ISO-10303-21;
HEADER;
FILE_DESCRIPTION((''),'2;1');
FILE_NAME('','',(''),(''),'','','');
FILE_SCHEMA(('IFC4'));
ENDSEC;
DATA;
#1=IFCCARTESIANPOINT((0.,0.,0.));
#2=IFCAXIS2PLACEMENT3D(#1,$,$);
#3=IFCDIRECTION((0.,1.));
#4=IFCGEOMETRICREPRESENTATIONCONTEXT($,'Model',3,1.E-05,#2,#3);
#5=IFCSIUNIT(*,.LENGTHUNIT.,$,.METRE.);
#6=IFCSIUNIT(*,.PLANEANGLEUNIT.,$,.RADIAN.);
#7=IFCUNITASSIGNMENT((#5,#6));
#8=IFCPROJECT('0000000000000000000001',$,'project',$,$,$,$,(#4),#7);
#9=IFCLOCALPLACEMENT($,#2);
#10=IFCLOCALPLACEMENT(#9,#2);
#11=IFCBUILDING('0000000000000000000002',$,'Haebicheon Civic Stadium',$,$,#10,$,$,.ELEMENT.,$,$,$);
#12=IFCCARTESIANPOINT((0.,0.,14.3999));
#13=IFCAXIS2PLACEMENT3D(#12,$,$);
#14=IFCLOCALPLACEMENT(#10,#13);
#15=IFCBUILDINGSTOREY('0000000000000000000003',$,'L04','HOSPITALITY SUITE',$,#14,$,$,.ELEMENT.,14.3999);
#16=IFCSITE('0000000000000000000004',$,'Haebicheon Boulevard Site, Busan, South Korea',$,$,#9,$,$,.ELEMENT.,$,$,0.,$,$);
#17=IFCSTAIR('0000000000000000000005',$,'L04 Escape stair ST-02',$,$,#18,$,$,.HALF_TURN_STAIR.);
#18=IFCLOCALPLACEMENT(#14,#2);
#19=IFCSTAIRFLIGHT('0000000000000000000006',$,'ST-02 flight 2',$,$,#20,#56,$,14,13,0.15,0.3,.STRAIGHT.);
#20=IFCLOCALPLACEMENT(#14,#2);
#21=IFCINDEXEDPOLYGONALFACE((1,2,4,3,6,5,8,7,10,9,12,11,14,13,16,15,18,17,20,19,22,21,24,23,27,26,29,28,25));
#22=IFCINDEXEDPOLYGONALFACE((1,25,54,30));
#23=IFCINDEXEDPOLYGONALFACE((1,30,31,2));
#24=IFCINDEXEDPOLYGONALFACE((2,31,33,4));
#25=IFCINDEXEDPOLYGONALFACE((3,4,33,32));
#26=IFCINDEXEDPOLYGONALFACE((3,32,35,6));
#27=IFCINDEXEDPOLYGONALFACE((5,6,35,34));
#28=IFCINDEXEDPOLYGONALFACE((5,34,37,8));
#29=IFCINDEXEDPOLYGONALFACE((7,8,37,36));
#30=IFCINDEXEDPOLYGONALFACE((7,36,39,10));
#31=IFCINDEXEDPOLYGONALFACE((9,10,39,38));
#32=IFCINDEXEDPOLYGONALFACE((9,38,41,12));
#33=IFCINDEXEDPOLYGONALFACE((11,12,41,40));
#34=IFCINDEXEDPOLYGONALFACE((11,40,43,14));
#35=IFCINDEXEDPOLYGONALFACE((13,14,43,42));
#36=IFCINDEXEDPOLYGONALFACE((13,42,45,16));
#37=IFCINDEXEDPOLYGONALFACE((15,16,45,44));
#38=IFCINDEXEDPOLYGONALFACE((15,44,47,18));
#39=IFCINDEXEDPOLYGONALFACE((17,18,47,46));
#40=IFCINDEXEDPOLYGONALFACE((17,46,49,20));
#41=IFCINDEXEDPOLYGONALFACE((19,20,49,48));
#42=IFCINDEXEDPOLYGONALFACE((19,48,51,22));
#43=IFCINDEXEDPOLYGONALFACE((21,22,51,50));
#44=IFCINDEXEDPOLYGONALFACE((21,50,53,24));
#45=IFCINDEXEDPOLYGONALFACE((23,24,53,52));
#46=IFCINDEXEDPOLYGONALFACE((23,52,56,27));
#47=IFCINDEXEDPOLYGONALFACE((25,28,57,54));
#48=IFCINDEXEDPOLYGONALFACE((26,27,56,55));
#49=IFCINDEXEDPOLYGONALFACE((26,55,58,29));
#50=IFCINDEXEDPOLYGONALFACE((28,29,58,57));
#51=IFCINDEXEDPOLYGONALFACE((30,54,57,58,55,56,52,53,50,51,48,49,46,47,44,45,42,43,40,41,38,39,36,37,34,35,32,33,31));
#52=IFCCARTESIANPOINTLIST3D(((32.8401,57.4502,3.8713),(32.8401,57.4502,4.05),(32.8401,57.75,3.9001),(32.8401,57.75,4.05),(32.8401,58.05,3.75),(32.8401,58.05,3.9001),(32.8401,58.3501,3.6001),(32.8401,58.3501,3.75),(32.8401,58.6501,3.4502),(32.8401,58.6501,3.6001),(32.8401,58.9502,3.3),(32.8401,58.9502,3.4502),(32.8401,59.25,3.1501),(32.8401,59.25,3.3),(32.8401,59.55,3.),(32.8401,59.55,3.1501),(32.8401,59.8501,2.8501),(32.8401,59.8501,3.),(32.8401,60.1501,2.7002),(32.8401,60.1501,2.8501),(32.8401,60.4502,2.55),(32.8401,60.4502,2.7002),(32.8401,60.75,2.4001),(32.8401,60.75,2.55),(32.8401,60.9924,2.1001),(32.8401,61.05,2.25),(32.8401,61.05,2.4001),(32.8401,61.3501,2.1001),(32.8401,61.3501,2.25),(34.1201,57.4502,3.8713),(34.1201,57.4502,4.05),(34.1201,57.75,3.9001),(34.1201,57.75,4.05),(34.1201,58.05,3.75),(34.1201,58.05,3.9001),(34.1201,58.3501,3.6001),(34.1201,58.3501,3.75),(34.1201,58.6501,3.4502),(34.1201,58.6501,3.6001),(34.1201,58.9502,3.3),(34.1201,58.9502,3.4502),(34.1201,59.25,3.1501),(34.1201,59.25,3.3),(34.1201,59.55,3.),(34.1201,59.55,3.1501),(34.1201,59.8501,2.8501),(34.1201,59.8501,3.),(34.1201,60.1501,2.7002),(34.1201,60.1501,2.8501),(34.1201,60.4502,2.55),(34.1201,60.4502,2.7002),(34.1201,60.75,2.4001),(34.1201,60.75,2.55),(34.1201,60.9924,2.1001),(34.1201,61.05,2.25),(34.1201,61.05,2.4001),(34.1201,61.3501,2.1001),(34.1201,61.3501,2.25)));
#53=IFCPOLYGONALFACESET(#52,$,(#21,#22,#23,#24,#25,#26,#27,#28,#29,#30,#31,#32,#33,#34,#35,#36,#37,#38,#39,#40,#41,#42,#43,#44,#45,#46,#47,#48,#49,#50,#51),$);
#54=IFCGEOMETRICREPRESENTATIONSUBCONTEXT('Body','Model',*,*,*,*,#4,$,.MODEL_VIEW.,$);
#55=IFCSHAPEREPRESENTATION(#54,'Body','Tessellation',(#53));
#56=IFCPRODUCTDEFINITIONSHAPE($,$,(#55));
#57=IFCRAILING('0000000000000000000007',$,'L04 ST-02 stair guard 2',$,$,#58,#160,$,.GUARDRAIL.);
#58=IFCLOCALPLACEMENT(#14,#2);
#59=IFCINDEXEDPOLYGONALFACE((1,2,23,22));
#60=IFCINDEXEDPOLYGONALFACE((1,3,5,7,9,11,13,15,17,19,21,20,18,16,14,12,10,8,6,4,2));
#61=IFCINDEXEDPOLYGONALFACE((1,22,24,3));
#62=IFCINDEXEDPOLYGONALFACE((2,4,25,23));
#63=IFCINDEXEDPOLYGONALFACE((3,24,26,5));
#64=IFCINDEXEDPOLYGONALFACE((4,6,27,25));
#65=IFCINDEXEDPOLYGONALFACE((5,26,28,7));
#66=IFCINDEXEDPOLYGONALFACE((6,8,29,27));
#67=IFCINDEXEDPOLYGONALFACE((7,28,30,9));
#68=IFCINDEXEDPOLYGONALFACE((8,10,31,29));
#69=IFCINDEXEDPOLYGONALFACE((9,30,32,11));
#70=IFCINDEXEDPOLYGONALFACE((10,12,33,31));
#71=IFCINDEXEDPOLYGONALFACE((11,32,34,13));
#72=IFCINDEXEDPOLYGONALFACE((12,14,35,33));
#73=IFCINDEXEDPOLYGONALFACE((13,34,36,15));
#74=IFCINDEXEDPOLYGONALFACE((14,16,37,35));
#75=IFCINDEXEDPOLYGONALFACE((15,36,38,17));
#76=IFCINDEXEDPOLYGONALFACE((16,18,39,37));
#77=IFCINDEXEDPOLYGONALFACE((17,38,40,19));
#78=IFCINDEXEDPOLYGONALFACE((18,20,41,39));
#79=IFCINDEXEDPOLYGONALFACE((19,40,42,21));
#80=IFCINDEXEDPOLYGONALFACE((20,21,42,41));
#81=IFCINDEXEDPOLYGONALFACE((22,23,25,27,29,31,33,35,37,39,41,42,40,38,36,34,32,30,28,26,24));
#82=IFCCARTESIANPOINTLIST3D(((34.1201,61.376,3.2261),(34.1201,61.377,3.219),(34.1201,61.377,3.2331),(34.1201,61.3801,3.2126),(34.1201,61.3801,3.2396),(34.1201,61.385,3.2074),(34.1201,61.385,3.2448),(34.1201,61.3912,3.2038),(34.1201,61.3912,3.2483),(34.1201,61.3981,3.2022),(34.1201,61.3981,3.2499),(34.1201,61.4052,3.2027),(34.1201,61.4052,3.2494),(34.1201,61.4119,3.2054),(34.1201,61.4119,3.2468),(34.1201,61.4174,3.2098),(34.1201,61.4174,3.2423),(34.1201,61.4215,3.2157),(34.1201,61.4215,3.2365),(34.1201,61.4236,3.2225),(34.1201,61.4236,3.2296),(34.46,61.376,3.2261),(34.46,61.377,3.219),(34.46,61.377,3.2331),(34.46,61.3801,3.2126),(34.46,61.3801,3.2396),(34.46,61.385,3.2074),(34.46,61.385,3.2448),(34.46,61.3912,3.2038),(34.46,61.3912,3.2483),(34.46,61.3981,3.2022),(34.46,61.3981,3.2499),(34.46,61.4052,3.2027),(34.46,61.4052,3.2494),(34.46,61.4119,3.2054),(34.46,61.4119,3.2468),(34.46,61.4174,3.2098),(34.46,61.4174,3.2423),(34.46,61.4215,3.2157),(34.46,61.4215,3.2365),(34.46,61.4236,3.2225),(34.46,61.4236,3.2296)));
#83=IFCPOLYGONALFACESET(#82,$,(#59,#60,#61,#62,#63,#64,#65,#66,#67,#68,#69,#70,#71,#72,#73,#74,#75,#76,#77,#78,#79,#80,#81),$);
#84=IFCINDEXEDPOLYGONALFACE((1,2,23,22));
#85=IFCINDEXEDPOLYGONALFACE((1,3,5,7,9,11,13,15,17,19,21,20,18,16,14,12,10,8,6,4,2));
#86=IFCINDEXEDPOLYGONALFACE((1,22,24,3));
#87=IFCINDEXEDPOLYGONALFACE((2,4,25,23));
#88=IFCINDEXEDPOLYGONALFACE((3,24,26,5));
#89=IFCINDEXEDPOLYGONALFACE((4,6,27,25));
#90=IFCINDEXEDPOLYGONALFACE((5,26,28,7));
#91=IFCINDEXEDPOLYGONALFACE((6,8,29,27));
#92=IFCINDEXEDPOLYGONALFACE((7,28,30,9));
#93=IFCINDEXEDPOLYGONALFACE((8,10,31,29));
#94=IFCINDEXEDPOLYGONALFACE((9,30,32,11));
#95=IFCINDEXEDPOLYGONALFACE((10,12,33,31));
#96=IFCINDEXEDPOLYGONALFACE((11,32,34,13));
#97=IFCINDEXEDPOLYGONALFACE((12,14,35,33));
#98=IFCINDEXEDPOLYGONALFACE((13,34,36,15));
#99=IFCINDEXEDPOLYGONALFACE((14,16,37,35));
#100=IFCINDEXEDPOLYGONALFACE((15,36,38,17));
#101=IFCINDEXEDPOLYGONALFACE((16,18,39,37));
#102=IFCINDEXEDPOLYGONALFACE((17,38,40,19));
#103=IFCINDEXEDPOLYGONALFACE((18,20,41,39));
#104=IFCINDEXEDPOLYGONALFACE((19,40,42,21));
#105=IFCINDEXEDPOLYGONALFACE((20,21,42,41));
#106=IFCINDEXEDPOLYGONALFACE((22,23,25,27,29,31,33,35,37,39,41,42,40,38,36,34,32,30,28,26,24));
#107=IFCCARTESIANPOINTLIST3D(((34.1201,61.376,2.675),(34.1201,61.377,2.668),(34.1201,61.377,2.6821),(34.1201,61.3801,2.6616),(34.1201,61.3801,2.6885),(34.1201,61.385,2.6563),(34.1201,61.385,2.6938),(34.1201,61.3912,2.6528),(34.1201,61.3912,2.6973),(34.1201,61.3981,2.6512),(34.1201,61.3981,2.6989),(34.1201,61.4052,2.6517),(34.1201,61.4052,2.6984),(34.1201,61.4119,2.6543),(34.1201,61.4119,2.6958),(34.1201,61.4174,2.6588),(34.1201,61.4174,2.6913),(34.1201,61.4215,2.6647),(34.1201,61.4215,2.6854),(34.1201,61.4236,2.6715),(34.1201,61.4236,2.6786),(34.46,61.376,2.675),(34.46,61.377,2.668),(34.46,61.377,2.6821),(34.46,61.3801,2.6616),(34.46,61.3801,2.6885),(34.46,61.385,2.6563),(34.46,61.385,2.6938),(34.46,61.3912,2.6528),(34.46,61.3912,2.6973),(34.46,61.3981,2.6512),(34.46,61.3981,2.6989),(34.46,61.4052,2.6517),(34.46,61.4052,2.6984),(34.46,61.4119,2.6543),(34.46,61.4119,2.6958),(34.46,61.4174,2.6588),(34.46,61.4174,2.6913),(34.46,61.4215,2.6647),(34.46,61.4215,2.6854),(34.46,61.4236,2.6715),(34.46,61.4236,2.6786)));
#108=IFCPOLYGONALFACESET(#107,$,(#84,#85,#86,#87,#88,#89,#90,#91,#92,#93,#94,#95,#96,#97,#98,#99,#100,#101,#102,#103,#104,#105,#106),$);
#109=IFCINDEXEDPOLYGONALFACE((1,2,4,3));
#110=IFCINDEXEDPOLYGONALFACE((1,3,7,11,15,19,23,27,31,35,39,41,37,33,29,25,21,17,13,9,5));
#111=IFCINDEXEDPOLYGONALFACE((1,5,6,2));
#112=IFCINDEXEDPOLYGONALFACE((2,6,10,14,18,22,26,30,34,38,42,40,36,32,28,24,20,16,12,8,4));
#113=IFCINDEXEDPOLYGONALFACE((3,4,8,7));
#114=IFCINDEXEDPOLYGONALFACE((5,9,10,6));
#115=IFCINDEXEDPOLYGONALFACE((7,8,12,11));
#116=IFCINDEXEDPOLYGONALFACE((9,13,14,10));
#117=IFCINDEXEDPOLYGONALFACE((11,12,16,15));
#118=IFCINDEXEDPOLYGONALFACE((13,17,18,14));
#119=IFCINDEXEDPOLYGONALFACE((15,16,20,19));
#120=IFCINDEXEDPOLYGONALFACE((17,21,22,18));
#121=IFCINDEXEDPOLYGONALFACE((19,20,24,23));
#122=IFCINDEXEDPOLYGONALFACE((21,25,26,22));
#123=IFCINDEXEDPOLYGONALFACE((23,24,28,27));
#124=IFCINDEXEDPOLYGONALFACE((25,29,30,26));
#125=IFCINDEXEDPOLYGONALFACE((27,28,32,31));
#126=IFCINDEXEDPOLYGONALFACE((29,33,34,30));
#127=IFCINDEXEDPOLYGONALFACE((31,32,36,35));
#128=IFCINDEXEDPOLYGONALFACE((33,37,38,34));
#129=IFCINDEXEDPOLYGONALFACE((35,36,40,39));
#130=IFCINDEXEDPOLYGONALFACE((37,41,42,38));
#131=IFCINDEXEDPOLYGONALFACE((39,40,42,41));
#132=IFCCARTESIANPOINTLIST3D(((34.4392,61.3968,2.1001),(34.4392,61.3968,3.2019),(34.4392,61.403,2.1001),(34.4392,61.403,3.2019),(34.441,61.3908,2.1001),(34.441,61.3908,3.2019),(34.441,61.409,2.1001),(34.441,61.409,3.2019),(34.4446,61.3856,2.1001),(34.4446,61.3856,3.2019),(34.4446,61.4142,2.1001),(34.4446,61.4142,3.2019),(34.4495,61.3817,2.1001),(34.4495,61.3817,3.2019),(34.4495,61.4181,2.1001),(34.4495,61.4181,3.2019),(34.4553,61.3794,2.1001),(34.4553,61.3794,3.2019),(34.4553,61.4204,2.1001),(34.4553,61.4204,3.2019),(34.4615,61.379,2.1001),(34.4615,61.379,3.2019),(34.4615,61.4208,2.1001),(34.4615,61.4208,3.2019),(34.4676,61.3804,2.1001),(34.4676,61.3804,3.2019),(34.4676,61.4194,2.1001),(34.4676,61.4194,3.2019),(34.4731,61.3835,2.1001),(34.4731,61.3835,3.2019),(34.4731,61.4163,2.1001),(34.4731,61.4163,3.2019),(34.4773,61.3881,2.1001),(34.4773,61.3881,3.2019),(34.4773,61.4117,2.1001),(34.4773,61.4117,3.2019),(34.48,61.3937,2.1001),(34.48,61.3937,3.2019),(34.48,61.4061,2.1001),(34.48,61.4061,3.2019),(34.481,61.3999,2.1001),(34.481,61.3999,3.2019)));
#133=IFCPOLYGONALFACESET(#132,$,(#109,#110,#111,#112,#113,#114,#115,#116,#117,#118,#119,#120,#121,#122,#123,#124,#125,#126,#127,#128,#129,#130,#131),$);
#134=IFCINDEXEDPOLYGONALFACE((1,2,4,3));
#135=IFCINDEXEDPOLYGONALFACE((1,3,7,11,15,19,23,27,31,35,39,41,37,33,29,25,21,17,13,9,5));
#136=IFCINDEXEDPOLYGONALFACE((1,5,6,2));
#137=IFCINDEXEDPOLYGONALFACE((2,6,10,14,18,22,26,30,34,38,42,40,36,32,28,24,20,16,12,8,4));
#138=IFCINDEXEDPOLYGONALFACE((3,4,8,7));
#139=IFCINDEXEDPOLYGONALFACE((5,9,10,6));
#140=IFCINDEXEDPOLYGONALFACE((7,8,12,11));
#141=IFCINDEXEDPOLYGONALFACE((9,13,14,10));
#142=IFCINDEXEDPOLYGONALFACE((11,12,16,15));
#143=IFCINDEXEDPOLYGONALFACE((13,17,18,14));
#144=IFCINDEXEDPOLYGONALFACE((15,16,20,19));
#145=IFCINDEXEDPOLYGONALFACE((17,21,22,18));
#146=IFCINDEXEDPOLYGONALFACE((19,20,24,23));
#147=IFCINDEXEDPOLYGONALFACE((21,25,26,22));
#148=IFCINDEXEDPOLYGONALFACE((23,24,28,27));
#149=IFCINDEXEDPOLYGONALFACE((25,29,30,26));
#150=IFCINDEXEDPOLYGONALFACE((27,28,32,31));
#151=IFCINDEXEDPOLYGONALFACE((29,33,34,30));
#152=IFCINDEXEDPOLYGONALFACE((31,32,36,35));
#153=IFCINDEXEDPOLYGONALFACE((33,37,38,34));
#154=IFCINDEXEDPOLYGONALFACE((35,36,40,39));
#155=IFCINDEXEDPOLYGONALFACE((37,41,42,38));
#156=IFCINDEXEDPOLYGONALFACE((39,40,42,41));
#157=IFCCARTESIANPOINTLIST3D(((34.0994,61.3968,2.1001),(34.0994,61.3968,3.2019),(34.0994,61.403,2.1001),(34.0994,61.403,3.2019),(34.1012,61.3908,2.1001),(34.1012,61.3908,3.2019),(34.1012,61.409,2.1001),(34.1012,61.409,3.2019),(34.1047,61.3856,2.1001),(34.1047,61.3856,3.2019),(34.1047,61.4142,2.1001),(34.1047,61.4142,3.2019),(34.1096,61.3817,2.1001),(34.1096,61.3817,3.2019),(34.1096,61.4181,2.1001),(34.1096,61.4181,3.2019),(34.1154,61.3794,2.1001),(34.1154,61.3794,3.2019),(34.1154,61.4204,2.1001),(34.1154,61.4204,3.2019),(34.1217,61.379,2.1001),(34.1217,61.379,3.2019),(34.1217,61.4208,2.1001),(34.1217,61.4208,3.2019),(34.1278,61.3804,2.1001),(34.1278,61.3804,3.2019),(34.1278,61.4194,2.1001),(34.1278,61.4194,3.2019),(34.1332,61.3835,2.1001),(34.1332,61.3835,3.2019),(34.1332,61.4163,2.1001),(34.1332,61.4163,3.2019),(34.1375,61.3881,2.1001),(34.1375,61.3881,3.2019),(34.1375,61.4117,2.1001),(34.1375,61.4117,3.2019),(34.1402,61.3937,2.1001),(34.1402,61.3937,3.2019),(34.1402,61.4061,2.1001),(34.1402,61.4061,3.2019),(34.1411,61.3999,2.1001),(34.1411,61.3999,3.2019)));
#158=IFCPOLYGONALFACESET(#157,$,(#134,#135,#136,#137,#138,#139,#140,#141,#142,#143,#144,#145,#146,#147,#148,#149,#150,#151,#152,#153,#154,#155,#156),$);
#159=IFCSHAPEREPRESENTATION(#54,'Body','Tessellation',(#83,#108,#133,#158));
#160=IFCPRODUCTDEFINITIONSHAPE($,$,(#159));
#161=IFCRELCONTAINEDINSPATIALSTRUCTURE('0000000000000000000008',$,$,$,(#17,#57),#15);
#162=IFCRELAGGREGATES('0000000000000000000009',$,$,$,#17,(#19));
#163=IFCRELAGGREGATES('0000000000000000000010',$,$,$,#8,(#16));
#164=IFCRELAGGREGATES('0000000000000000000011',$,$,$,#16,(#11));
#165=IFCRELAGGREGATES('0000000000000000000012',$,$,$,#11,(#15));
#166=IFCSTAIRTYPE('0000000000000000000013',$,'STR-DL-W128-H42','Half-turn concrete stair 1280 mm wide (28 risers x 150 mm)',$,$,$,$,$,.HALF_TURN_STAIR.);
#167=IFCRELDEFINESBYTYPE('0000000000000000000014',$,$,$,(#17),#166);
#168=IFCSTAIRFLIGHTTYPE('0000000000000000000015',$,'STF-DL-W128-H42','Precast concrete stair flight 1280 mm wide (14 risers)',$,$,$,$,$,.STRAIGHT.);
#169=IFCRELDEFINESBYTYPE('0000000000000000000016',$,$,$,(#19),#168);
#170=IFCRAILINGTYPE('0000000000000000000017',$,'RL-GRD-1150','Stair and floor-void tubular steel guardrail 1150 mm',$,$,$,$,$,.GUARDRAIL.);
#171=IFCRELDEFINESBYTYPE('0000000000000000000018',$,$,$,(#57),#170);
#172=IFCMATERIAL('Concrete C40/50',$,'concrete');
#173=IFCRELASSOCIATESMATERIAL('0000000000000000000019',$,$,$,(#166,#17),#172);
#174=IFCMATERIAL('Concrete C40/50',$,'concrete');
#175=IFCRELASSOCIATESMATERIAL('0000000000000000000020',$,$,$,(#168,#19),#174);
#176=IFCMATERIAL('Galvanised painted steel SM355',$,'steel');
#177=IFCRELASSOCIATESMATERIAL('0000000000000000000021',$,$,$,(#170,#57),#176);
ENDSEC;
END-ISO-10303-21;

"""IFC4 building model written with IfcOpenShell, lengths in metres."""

from ifc_helpers import new_model, si_unit, direction, frame, origin, origin_2d, place, context, subcontext, project, spatial, polyline, circle, outline, extrude, material, type_object, element, aggregate, save


model = new_model("IFC4")

# Units and contexts
model_context = context("Model", 3, precision=1e-05, world=origin(), true_north=direction((0.0, 1.0)))
body_context = subcontext(model_context, "Body", "Model", "MODEL_VIEW")
ifc_project = project(units=[si_unit("LENGTHUNIT", "METRE"), si_unit("PLANEANGLEUNIT", "RADIAN")], contexts=[model_context])

# Site, building, storey
site_placement = place(None, origin())
site = spatial("IfcSite", under=ifc_project, at=site_placement, Name="Haebicheon Boulevard Site, Busan, South Korea", CompositionType="ELEMENT", RefElevation=0.0)
building_placement = place(site_placement, origin())
building = spatial("IfcBuilding", under=site, at=building_placement, Name="Haebicheon Civic Stadium", CompositionType="ELEMENT")
storey_placement = place(building_placement, frame((0.0, 0.0, 14.3999)))
storey = spatial("IfcBuildingStorey", under=building, at=storey_placement, Name="L04", Description="HOSPITALITY SUITE", CompositionType="ELEMENT", Elevation=14.3999)

# Stair, stair flight
ifc_material_1 = material(Name="Concrete C40/50", Category="concrete")
stair_type = type_object("IfcStairType", Name="STR-DL-W128-H42", Description="Half-turn concrete stair 1280 mm wide (28 risers x 150 mm)", PredefinedType="HALF_TURN_STAIR", material=ifc_material_1)
stair_placement = place(storey_placement, origin())
stair = element("IfcStair", 1, at=stair_placement, inside=storey, type_object=stair_type, material=ifc_material_1, Name="L04 Escape stair ST-02", PredefinedType="HALF_TURN_STAIR")
ifc_material_2 = material(Name="Concrete C40/50", Category="concrete")
stair_flight_type = type_object("IfcStairFlightType", Name="STF-DL-W128-H42", Description="Precast concrete stair flight 1280 mm wide (14 risers)", PredefinedType="STRAIGHT", material=ifc_material_2)
stair_flight_placement = place(storey_placement, frame((33.48, 61.3501, 2.1001), z_axis=(0.0, 0.0, 1.0), x_axis=(0.0, -1.0, 0.0)))
stair_flight = element("IfcStairFlight", 2, at=stair_flight_placement, type_object=stair_flight_type, material=ifc_material_2, Name="ST-02 flight 2", NumberOfRisers=14, NumberOfTreads=13, PredefinedType="STRAIGHT", RiserHeight=0.15, TreadLength=0.3, context=body_context, shape_type="SweptSolid", body=[
    extrude(outline(polyline([(0.0, 0.0), (0.0, 0.1499), (0.3, 0.1499), (0.3, 0.3), (0.6001, 0.3), (0.6001, 0.45), (0.8999, 0.45), (0.8999, 0.6001), (1.2, 0.6001), (1.2, 0.75), (1.5, 0.75), (1.5, 0.8999), (1.8, 0.8999), (1.8, 1.05), (2.1001, 1.05), (2.1001, 1.2), (2.3999, 1.2), (2.3999, 1.3501), (2.7, 1.3501), (2.7, 1.5), (3.0, 1.5), (3.0, 1.6499), (3.3, 1.6499), (3.3, 1.8), (3.6001, 1.8), (3.6001, 1.95), (3.8999, 1.95), (3.8999, 2.1001), (3.8999, 1.7712), (0.3577, 0.0), (0.0, 0.0)])), frame((0.0, 0.6401, 0.0), z_axis=(0.0, -1.0, 0.0), x_axis=(1.0, 0.0, 0.0)), (0.0, 0.0, 1.0), 1.28),
])
aggregate(stair, [stair_flight])

# Railing
ifc_material_3 = material(Name="Galvanised painted steel SM355", Category="steel")
railing_type_1 = type_object("IfcRailingType", Name="RL-GRD-1150", Description="Stair and floor-void tubular steel guardrail 1150 mm", PredefinedType="GUARDRAIL", material=ifc_material_3)
railing_1_placement = place(storey_placement, frame((34.46, 61.3999, 2.1001)))
element("IfcRailing", 3, at=railing_1_placement, inside=storey, type_object=railing_type_1, material=ifc_material_3, Name="L04 ST-02 stair guard 2", PredefinedType="GUARDRAIL", context=body_context, shape_type="SweptSolid", body=[
    extrude(circle(Radius=0.0239, at=origin_2d()), frame((0.0, 0.0, 1.126), z_axis=(-1.0, 0.0, 0.0), x_axis=(0.0, -1.0, 0.0)), (0.0, 0.0, 1.0), 0.3398),
    extrude(circle(Radius=0.0239, at=origin_2d()), frame((0.0, 0.0, 0.575), z_axis=(-1.0, 0.0, 0.0), x_axis=(0.0, -1.0, 0.0)), (0.0, 0.0, 1.0), 0.3398),
    extrude(circle(Radius=0.021, at=origin_2d()), origin(), (0.0, 0.0, 1.0), 1.1018),
    extrude(circle(Radius=0.021, at=origin_2d()), frame((-0.3398, 0.0, 0.0)), (0.0, 0.0, 1.0), 1.1018),
])

save(model, "model.ifc")
